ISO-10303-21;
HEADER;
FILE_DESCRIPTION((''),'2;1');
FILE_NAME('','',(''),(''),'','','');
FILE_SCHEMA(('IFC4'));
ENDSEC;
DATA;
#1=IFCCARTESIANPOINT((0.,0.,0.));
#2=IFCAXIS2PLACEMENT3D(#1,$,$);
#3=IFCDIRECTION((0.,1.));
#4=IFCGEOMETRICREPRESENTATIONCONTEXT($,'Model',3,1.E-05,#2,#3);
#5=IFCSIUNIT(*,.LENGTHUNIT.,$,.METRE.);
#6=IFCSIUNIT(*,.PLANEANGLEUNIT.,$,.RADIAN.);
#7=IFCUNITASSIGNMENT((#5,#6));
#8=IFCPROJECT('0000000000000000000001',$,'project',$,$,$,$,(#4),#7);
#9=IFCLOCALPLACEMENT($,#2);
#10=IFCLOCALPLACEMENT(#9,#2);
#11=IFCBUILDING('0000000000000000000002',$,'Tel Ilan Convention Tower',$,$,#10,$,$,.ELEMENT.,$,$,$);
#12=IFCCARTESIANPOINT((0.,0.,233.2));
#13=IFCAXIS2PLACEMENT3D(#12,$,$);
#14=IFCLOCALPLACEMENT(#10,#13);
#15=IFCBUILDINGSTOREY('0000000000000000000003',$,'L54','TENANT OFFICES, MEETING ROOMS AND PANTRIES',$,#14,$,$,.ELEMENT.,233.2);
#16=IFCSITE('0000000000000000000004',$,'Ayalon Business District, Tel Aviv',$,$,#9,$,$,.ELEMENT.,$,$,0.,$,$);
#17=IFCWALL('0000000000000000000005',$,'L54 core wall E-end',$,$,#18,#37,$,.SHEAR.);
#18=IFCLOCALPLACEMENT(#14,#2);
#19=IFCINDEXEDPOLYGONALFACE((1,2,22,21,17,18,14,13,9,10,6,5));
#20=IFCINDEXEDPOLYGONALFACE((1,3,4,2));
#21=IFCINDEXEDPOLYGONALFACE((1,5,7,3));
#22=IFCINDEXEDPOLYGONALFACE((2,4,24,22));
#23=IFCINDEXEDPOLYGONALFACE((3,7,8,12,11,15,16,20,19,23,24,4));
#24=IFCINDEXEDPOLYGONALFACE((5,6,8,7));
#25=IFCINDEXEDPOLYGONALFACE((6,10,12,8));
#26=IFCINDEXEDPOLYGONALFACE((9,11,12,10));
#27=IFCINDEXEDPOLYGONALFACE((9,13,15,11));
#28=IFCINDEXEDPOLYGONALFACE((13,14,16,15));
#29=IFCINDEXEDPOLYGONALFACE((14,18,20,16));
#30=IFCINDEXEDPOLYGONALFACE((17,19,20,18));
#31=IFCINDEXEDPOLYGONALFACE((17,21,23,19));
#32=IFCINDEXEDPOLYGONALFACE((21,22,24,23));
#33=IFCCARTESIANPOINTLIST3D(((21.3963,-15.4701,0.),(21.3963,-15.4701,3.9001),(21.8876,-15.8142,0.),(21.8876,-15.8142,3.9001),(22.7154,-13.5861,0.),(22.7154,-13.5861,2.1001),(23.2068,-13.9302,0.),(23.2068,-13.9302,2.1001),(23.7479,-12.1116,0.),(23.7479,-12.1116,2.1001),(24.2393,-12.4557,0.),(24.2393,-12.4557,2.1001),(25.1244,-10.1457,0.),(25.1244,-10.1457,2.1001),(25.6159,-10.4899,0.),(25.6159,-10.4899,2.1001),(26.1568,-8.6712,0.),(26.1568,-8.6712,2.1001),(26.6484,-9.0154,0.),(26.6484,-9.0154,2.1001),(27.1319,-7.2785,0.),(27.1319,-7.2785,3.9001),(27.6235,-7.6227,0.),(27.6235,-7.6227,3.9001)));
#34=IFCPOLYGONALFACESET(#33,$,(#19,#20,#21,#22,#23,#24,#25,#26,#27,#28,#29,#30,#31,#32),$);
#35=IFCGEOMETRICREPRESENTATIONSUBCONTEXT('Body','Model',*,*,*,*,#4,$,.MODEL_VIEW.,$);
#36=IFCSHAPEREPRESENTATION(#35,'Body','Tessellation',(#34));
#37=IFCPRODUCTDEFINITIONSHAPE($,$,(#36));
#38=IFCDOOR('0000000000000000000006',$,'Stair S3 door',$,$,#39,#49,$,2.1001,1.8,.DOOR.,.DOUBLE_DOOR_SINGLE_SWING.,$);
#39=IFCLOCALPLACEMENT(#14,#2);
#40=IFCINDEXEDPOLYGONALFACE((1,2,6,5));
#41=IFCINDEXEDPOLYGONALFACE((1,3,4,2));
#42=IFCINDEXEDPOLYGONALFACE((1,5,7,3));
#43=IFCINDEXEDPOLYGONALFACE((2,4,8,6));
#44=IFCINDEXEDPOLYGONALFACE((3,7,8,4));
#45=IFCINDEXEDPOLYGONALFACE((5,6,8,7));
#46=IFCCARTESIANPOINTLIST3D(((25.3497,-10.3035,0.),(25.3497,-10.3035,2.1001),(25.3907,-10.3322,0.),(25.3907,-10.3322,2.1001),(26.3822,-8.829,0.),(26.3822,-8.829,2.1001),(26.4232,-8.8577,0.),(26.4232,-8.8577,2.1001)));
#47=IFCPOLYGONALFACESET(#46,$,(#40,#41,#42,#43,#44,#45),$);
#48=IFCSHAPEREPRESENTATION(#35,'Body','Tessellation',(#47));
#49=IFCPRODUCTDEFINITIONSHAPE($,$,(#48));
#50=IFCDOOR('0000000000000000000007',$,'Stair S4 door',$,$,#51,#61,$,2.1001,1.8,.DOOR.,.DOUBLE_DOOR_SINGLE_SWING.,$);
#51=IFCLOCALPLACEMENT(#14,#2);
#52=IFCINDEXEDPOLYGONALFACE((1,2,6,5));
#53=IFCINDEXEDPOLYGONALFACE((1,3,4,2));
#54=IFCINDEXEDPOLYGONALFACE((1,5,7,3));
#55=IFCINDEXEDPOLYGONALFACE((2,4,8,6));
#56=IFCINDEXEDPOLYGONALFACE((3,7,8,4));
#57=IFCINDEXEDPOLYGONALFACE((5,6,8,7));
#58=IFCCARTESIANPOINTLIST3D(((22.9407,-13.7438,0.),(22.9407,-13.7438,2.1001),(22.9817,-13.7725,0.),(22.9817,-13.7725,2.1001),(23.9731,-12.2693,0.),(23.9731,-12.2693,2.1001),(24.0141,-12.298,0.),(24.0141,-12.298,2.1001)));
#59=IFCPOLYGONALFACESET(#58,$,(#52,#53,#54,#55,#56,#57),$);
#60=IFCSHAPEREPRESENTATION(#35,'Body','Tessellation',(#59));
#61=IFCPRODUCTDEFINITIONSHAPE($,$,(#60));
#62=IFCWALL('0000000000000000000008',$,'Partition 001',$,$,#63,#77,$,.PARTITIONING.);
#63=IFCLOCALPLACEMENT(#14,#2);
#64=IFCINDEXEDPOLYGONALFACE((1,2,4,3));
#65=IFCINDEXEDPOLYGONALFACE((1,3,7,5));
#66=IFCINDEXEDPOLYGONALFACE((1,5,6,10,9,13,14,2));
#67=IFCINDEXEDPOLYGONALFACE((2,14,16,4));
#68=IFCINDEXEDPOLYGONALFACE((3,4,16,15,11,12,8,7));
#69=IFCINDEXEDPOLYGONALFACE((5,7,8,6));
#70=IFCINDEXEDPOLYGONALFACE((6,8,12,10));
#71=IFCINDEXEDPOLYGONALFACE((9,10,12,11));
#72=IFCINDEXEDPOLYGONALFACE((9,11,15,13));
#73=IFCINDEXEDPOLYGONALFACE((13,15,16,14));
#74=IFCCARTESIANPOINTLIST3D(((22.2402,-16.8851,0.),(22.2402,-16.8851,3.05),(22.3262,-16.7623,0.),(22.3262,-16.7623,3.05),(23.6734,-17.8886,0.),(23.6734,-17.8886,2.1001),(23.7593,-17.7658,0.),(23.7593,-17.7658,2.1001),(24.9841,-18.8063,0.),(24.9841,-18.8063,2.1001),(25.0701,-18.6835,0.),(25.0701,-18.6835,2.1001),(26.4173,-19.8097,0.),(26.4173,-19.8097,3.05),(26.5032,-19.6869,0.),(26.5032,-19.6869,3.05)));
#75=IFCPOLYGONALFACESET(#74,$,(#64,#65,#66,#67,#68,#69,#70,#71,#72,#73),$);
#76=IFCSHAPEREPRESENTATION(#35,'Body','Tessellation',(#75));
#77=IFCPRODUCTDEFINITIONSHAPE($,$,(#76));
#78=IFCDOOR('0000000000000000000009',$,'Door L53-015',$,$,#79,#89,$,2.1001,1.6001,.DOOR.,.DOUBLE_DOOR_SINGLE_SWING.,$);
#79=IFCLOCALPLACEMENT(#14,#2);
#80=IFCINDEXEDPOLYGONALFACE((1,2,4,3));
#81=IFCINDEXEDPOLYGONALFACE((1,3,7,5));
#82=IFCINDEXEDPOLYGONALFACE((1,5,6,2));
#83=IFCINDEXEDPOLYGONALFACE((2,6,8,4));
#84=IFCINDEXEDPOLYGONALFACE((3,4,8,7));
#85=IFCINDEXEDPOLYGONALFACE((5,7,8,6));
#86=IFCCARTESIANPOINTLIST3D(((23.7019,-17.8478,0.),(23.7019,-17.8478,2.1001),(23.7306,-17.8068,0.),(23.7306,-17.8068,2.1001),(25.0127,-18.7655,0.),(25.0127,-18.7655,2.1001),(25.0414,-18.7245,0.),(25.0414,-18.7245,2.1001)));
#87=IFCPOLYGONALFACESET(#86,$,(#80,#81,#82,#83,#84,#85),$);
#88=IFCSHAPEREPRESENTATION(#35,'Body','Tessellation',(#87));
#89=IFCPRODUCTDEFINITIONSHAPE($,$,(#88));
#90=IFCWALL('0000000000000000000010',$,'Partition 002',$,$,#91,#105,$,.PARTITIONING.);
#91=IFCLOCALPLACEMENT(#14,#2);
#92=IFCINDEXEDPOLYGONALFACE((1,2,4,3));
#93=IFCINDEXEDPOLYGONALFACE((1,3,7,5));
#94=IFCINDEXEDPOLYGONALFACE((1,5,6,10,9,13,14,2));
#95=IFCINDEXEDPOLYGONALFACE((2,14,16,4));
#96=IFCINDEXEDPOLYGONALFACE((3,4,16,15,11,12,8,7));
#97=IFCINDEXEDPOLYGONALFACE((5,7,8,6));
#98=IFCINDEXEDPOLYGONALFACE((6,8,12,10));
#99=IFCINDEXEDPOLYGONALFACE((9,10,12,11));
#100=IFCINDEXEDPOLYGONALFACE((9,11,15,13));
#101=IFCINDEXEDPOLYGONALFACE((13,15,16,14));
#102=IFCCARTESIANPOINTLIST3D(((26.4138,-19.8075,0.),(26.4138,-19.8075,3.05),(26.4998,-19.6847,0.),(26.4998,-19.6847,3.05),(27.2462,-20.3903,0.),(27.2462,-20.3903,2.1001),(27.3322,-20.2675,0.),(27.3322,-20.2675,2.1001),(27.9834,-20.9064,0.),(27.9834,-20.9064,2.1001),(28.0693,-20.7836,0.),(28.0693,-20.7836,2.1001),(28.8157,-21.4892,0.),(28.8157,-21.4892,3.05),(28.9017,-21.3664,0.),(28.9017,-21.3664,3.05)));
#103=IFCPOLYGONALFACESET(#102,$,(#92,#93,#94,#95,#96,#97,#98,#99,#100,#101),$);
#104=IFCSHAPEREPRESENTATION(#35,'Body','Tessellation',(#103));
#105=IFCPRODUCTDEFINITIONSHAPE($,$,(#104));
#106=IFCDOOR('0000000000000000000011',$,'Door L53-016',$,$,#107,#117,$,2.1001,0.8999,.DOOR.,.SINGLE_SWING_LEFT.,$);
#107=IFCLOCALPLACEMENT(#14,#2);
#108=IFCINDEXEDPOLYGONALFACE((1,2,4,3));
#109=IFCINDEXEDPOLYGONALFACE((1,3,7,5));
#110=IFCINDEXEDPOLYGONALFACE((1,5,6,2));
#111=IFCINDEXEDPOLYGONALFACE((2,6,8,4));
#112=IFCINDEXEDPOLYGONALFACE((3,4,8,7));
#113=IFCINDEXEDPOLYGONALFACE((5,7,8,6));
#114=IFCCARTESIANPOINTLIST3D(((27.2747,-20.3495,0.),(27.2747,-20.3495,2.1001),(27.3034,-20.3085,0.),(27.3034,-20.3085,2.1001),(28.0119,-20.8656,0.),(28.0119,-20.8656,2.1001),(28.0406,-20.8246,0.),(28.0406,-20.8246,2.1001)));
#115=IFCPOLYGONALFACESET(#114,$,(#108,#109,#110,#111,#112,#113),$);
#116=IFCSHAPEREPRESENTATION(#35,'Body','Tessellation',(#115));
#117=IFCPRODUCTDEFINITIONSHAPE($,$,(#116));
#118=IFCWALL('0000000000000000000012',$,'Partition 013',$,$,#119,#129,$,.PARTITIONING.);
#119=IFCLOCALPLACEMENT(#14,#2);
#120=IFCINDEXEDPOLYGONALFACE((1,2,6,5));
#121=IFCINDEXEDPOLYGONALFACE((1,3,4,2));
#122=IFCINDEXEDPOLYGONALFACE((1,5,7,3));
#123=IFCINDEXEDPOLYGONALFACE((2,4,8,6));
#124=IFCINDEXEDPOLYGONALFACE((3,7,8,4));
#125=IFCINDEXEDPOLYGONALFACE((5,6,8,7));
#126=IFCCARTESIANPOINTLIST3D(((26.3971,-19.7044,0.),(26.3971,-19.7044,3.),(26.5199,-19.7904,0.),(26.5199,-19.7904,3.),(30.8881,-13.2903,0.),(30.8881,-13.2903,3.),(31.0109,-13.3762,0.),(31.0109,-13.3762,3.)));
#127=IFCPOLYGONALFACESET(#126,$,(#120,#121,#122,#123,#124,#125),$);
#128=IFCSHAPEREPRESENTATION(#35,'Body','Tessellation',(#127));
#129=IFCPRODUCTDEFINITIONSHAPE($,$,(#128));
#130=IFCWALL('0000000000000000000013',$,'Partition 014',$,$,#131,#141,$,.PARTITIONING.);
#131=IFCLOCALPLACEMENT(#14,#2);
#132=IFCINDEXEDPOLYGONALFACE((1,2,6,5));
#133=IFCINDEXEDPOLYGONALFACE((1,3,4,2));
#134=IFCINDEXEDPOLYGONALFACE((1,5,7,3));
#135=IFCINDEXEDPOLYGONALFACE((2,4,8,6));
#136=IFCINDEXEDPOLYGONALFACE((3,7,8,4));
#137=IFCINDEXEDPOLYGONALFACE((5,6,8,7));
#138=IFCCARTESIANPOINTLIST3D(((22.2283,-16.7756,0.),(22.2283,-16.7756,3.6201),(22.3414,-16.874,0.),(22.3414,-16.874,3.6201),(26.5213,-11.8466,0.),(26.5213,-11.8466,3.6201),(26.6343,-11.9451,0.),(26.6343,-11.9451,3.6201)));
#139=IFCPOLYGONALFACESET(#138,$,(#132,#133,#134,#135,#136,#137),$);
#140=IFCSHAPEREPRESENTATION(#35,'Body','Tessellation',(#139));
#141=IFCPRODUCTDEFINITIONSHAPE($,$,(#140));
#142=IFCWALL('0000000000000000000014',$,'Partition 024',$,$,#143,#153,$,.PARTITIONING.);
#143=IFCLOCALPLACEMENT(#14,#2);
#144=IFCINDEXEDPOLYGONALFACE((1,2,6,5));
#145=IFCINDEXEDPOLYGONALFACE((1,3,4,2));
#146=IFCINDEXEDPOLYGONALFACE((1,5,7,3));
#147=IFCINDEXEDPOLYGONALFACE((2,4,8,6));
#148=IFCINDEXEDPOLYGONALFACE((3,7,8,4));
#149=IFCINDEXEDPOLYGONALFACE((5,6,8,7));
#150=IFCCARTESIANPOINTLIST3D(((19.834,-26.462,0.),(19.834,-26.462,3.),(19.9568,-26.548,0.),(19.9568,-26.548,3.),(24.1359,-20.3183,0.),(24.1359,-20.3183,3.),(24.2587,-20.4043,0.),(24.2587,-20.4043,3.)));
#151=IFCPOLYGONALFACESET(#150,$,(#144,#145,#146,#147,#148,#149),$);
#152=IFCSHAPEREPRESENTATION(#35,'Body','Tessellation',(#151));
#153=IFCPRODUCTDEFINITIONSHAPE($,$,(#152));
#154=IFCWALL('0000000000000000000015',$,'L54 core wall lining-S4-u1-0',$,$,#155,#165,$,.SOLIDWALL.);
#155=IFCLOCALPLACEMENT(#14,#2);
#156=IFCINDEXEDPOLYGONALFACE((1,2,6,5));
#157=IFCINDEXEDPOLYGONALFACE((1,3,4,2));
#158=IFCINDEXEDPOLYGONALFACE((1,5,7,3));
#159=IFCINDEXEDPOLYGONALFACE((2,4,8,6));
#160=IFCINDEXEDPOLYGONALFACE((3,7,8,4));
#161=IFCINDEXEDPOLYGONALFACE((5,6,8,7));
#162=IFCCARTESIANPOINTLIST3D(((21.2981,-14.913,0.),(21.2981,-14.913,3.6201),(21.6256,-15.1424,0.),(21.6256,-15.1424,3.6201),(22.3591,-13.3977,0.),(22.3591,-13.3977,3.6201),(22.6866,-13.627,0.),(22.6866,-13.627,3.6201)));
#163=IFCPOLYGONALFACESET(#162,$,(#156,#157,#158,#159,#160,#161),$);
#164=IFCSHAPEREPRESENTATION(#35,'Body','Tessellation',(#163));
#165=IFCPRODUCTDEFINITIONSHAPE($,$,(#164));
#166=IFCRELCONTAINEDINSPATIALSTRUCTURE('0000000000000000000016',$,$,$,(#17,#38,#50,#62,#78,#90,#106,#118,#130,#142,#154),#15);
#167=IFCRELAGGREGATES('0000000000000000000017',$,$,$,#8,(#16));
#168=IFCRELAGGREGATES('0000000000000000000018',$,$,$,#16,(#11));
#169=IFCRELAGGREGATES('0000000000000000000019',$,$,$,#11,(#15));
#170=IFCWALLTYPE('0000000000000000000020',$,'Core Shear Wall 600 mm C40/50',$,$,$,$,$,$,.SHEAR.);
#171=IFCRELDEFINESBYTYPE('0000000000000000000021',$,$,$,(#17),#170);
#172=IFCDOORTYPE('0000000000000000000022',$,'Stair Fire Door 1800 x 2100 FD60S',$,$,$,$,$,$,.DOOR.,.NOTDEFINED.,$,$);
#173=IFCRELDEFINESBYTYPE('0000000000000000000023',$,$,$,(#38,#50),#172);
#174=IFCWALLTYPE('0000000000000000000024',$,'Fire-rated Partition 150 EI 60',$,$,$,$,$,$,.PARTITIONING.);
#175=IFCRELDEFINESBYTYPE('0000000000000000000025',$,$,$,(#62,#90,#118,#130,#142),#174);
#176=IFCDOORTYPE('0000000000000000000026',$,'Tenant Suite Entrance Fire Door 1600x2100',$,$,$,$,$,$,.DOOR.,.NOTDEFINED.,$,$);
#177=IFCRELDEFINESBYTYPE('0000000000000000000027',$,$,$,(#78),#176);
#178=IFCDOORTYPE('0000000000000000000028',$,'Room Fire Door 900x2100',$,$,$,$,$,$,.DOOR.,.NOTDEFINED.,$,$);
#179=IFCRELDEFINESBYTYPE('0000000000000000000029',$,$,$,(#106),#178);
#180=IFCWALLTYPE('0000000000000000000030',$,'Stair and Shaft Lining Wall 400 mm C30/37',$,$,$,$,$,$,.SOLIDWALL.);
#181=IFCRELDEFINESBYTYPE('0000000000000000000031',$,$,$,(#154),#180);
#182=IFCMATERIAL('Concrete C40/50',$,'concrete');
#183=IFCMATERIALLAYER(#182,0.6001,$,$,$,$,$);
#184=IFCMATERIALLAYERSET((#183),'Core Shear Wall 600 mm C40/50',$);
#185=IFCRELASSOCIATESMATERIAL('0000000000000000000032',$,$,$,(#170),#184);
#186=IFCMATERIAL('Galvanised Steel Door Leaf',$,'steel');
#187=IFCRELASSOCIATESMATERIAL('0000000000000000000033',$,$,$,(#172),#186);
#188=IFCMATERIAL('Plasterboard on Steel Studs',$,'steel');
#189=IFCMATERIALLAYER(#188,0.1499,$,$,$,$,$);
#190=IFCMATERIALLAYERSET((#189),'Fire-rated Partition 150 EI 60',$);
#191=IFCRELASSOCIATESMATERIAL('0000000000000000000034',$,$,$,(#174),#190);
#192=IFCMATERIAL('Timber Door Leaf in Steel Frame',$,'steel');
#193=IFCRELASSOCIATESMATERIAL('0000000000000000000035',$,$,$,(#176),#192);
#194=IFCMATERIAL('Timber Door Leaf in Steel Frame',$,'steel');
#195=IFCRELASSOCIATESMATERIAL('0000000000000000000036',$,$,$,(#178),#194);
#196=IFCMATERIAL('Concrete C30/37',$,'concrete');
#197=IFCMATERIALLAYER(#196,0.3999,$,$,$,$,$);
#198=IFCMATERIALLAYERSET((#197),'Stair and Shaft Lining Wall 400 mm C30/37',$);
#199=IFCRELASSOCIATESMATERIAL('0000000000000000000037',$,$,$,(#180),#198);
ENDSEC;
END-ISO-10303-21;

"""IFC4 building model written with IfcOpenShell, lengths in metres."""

from ifc_helpers import new_model, si_unit, direction, frame, frame_2d, origin, place, context, subcontext, project, spatial, polyline, rectangle, outline, extrude, material, layer, layer_set, type_object, element, fill, save


model = new_model("IFC4")

# Units and contexts
model_context = context("Model", 3, precision=1e-05, world=origin(), true_north=direction((0.0, 1.0)))
body_context = subcontext(model_context, "Body", "Model", "MODEL_VIEW")
ifc_project = project(units=[si_unit("LENGTHUNIT", "METRE"), si_unit("PLANEANGLEUNIT", "RADIAN")], contexts=[model_context])

# Site, building, storey
site_placement = place(None, origin())
site = spatial("IfcSite", under=ifc_project, at=site_placement, Name="Ayalon Business District, Tel Aviv", CompositionType="ELEMENT", RefElevation=0.0)
building_placement = place(site_placement, origin())
building = spatial("IfcBuilding", under=site, at=building_placement, Name="Tel Ilan Convention Tower", CompositionType="ELEMENT")
storey_placement = place(building_placement, frame((0.0, 0.0, 233.2)))
storey = spatial("IfcBuildingStorey", under=building, at=storey_placement, Name="L54", Description="TENANT OFFICES, MEETING ROOMS AND PANTRIES", CompositionType="ELEMENT", Elevation=233.2)

# Wall, openings, doors
ifc_material_1 = material(Name="Concrete C40/50", Category="concrete")
ifc_layer_1 = layer(ifc_material_1, 0.6001)
ifc_layer_set_1 = layer_set([ifc_layer_1], Name="Core Shear Wall 600 mm C40/50")
wall_type_1 = type_object("IfcWallType", Name="Core Shear Wall 600 mm C40/50", PredefinedType="SHEAR", material=ifc_layer_set_1)
wall_1_placement = place(storey_placement, frame((21.6418, -15.6421, 0.0), z_axis=(0.0, 0.0, 1.0), x_axis=(0.573587, 0.819145, 0.0)))
wall_1 = element("IfcWall", 1, at=wall_1_placement, inside=storey, type_object=wall_type_1, Name="L54 core wall E-end", PredefinedType="SHEAR", context=body_context, shape_type="SweptSolid", body=[
    extrude(outline(polyline([(10.0, 0.3), (0.0, 0.2998), (0.0, -0.3), (10.0, -0.3), (10.0, 0.3)])), origin(), (0.0, 0.0, 1.0), 3.9001),
])
opening_1_placement = place(wall_1_placement, frame((6.5, 0.0, 0.0)))
opening_1 = element("IfcOpeningElement", 2, at=opening_1_placement, cuts=wall_1, PredefinedType="OPENING", context=body_context, shape_type="SweptSolid", body=[
    extrude(rectangle(XDim=1.8, YDim=2.1001, at=frame_2d((0.8999, 1.05))), frame((0.0, 0.3101, 0.0), z_axis=(0.0, -1.0, 0.0), x_axis=(1.0, 0.0, 0.0)), (0.0, 0.0, 1.0), 0.6201),
])
opening_2_placement = place(wall_1_placement, frame((2.3, 0.0, 0.0)))
opening_2 = element("IfcOpeningElement", 3, at=opening_2_placement, cuts=wall_1, PredefinedType="OPENING", context=body_context, shape_type="SweptSolid", body=[
    extrude(rectangle(XDim=1.8, YDim=2.1001, at=frame_2d((0.8999, 1.05))), frame((0.0, 0.3101, 0.0), z_axis=(0.0, -1.0, 0.0), x_axis=(1.0, 0.0, 0.0)), (0.0, 0.0, 1.0), 0.6201),
])
ifc_material_2 = material(Name="Galvanised Steel Door Leaf", Category="steel")
door_type_1 = type_object("IfcDoorType", Name="Stair Fire Door 1800 x 2100 FD60S", OperationType="NOTDEFINED", PredefinedType="DOOR", material=ifc_material_2)
door_1_placement = place(opening_1_placement, origin())
door_1 = element("IfcDoor", 4, at=door_1_placement, inside=storey, type_object=door_type_1, Name="Stair S3 door", OperationType="DOUBLE_DOOR_SINGLE_SWING", OverallHeight=2.1001, OverallWidth=1.8, PredefinedType="DOOR", context=body_context, shape_type="SweptSolid", body=[
    extrude(rectangle(XDim=1.8, YDim=2.1001, at=frame_2d((0.8999, 1.05))), frame((0.0, 0.0249, 0.0), z_axis=(0.0, -1.0, 0.0), x_axis=(1.0, 0.0, 0.0)), (0.0, 0.0, 1.0), 0.05),
])
fill(opening_1, door_1)
door_2_placement = place(opening_2_placement, origin())
door_2 = element("IfcDoor", 5, at=door_2_placement, inside=storey, type_object=door_type_1, Name="Stair S4 door", OperationType="DOUBLE_DOOR_SINGLE_SWING", OverallHeight=2.1001, OverallWidth=1.8, PredefinedType="DOOR", context=body_context, shape_type="SweptSolid", body=[
    extrude(rectangle(XDim=1.8, YDim=2.1001, at=frame_2d((0.8999, 1.05))), frame((0.0, 0.0249, 0.0), z_axis=(0.0, -1.0, 0.0), x_axis=(1.0, 0.0, 0.0)), (0.0, 0.0, 1.0), 0.05),
])
fill(opening_2, door_2)

# Walls, openings, doors
ifc_material_3 = material(Name="Plasterboard on Steel Studs", Category="steel")
ifc_layer_2 = layer(ifc_material_3, 0.1499)
ifc_layer_set_2 = layer_set([ifc_layer_2], Name="Fire-rated Partition 150 EI 60")
wall_type_2 = type_object("IfcWallType", Name="Fire-rated Partition 150 EI 60", PredefinedType="PARTITIONING", material=ifc_layer_set_2)
wall_2_placement = place(storey_placement, frame((22.2832, -16.8237, 0.0), z_axis=(0.0, 0.0, 1.0), x_axis=(0.819171, -0.573549, 0.0)))
wall_2 = element("IfcWall", 6, at=wall_2_placement, inside=storey, type_object=wall_type_2, Name="Partition 001", PredefinedType="PARTITIONING", context=body_context, shape_type="SweptSolid", body=[
    extrude(rectangle(XDim=5.0991, YDim=0.1499, at=frame_2d((2.5496, 0.0))), origin(), (0.0, 0.0, 1.0), 3.05),
])
opening_3_placement = place(wall_2_placement, frame((1.7495, 0.0, 0.0)))
opening_3 = element("IfcOpeningElement", 7, at=opening_3_placement, cuts=wall_2, PredefinedType="OPENING", context=body_context, shape_type="SweptSolid", body=[
    extrude(rectangle(XDim=1.6001, YDim=2.1001, at=frame_2d((0.8, 1.05))), frame((0.0, 0.085, 0.0), z_axis=(0.0, -1.0, 0.0), x_axis=(1.0, 0.0, 0.0)), (0.0, 0.0, 1.0), 0.1699),
])
ifc_material_4 = material(Name="Timber Door Leaf in Steel Frame", Category="steel")
door_type_2 = type_object("IfcDoorType", Name="Tenant Suite Entrance Fire Door 1600x2100", OperationType="NOTDEFINED", PredefinedType="DOOR", material=ifc_material_4)
door_3_placement = place(opening_3_placement, origin())
door_3 = element("IfcDoor", 8, at=door_3_placement, inside=storey, type_object=door_type_2, Name="Door L53-015", OperationType="DOUBLE_DOOR_SINGLE_SWING", OverallHeight=2.1001, OverallWidth=1.6001, PredefinedType="DOOR", context=body_context, shape_type="SweptSolid", body=[
    extrude(rectangle(XDim=1.6001, YDim=2.1001, at=frame_2d((0.8, 1.05))), frame((0.0, 0.0249, 0.0), z_axis=(0.0, -1.0, 0.0), x_axis=(1.0, 0.0, 0.0)), (0.0, 0.0, 1.0), 0.05),
])
fill(opening_3, door_3)
wall_3_placement = place(storey_placement, frame((26.4568, -19.7461, 0.0), z_axis=(0.0, 0.0, 1.0), x_axis=(0.819177, -0.573541, 0.0)))
wall_3 = element("IfcWall", 9, at=wall_3_placement, inside=storey, type_object=wall_type_2, Name="Partition 002", PredefinedType="PARTITIONING", context=body_context, shape_type="SweptSolid", body=[
    extrude(rectangle(XDim=2.9321, YDim=0.1499, at=frame_2d((1.4661, 0.0))), origin(), (0.0, 0.0, 1.0), 3.05),
])
opening_4_placement = place(wall_3_placement, frame((1.0161, 0.0, 0.0)))
opening_4 = element("IfcOpeningElement", 10, at=opening_4_placement, cuts=wall_3, PredefinedType="OPENING", context=body_context, shape_type="SweptSolid", body=[
    extrude(rectangle(XDim=0.8999, YDim=2.1001, at=frame_2d((0.45, 1.05))), frame((0.0, 0.085, 0.0), z_axis=(0.0, -1.0, 0.0), x_axis=(1.0, 0.0, 0.0)), (0.0, 0.0, 1.0), 0.1699),
])
ifc_material_5 = material(Name="Timber Door Leaf in Steel Frame", Category="steel")
door_type_3 = type_object("IfcDoorType", Name="Room Fire Door 900x2100", OperationType="NOTDEFINED", PredefinedType="DOOR", material=ifc_material_5)
door_4_placement = place(opening_4_placement, origin())
door_4 = element("IfcDoor", 11, at=door_4_placement, inside=storey, type_object=door_type_3, Name="Door L53-016", OperationType="SINGLE_SWING_LEFT", OverallHeight=2.1001, OverallWidth=0.8999, PredefinedType="DOOR", context=body_context, shape_type="SweptSolid", body=[
    extrude(rectangle(XDim=0.8999, YDim=2.1001, at=frame_2d((0.45, 1.05))), frame((0.0, 0.0249, 0.0), z_axis=(0.0, -1.0, 0.0), x_axis=(1.0, 0.0, 0.0)), (0.0, 0.0, 1.0), 0.05),
])
fill(opening_4, door_4)

# Walls
wall_4_placement = place(storey_placement, frame((30.9495, -13.3333, 0.0), z_axis=(0.0, 0.0, 1.0), x_axis=(-0.573559, -0.819165, 0.0)))
element("IfcWall", 12, at=wall_4_placement, inside=storey, type_object=wall_type_2, Name="Partition 013", PredefinedType="PARTITIONING", context=body_context, shape_type="SweptSolid", body=[
    extrude(rectangle(XDim=7.8301, YDim=0.1499, at=frame_2d((3.915, 0.0))), origin(), (0.0, 0.0, 1.0), 3.0),
])
wall_5_placement = place(storey_placement, frame((22.2849, -16.8247, 0.0), z_axis=(0.0, 0.0, 1.0), x_axis=(0.656781, 0.754081, 0.0)))
element("IfcWall", 13, at=wall_5_placement, inside=storey, type_object=wall_type_2, Name="Partition 014", PredefinedType="PARTITIONING", context=body_context, shape_type="SweptSolid", body=[
    extrude(rectangle(XDim=6.5364, YDim=0.1499, at=frame_2d((3.2681, 0.0))), origin(), (0.0, 0.0, 1.0), 3.6201),
])
wall_6_placement = place(storey_placement, frame((24.1973, -20.3613, 0.0), z_axis=(0.0, 0.0, 1.0), x_axis=(-0.573576, -0.819152, 0.0)))
element("IfcWall", 14, at=wall_6_placement, inside=storey, type_object=wall_type_2, Name="Partition 024", PredefinedType="PARTITIONING", context=body_context, shape_type="SweptSolid", body=[
    extrude(rectangle(XDim=7.5, YDim=0.1499, at=frame_2d((3.75, 0.0))), origin(), (0.0, 0.0, 1.0), 3.0),
])
ifc_material_6 = material(Name="Concrete C30/37", Category="concrete")
ifc_layer_3 = layer(ifc_material_6, 0.3999)
ifc_layer_set_3 = layer_set([ifc_layer_3], Name="Stair and Shaft Lining Wall 400 mm C30/37")
wall_type_3 = type_object("IfcWallType", Name="Stair and Shaft Lining Wall 400 mm C30/37", PredefinedType="SOLIDWALL", material=ifc_layer_set_3)
wall_7_placement = place(storey_placement, frame((21.4619, -15.0276, 0.0), z_axis=(0.0, 0.0, 1.0), x_axis=(0.57356, 0.819164, 0.0)))
element("IfcWall", 15, at=wall_7_placement, inside=storey, type_object=wall_type_3, Name="L54 core wall lining-S4-u1-0", PredefinedType="SOLIDWALL", context=body_context, shape_type="SweptSolid", body=[
    extrude(rectangle(XDim=1.8499, YDim=0.3999, at=frame_2d((0.9248, 0.0))), origin(), (0.0, 0.0, 1.0), 3.6201),
])

save(model, "model.ifc")
